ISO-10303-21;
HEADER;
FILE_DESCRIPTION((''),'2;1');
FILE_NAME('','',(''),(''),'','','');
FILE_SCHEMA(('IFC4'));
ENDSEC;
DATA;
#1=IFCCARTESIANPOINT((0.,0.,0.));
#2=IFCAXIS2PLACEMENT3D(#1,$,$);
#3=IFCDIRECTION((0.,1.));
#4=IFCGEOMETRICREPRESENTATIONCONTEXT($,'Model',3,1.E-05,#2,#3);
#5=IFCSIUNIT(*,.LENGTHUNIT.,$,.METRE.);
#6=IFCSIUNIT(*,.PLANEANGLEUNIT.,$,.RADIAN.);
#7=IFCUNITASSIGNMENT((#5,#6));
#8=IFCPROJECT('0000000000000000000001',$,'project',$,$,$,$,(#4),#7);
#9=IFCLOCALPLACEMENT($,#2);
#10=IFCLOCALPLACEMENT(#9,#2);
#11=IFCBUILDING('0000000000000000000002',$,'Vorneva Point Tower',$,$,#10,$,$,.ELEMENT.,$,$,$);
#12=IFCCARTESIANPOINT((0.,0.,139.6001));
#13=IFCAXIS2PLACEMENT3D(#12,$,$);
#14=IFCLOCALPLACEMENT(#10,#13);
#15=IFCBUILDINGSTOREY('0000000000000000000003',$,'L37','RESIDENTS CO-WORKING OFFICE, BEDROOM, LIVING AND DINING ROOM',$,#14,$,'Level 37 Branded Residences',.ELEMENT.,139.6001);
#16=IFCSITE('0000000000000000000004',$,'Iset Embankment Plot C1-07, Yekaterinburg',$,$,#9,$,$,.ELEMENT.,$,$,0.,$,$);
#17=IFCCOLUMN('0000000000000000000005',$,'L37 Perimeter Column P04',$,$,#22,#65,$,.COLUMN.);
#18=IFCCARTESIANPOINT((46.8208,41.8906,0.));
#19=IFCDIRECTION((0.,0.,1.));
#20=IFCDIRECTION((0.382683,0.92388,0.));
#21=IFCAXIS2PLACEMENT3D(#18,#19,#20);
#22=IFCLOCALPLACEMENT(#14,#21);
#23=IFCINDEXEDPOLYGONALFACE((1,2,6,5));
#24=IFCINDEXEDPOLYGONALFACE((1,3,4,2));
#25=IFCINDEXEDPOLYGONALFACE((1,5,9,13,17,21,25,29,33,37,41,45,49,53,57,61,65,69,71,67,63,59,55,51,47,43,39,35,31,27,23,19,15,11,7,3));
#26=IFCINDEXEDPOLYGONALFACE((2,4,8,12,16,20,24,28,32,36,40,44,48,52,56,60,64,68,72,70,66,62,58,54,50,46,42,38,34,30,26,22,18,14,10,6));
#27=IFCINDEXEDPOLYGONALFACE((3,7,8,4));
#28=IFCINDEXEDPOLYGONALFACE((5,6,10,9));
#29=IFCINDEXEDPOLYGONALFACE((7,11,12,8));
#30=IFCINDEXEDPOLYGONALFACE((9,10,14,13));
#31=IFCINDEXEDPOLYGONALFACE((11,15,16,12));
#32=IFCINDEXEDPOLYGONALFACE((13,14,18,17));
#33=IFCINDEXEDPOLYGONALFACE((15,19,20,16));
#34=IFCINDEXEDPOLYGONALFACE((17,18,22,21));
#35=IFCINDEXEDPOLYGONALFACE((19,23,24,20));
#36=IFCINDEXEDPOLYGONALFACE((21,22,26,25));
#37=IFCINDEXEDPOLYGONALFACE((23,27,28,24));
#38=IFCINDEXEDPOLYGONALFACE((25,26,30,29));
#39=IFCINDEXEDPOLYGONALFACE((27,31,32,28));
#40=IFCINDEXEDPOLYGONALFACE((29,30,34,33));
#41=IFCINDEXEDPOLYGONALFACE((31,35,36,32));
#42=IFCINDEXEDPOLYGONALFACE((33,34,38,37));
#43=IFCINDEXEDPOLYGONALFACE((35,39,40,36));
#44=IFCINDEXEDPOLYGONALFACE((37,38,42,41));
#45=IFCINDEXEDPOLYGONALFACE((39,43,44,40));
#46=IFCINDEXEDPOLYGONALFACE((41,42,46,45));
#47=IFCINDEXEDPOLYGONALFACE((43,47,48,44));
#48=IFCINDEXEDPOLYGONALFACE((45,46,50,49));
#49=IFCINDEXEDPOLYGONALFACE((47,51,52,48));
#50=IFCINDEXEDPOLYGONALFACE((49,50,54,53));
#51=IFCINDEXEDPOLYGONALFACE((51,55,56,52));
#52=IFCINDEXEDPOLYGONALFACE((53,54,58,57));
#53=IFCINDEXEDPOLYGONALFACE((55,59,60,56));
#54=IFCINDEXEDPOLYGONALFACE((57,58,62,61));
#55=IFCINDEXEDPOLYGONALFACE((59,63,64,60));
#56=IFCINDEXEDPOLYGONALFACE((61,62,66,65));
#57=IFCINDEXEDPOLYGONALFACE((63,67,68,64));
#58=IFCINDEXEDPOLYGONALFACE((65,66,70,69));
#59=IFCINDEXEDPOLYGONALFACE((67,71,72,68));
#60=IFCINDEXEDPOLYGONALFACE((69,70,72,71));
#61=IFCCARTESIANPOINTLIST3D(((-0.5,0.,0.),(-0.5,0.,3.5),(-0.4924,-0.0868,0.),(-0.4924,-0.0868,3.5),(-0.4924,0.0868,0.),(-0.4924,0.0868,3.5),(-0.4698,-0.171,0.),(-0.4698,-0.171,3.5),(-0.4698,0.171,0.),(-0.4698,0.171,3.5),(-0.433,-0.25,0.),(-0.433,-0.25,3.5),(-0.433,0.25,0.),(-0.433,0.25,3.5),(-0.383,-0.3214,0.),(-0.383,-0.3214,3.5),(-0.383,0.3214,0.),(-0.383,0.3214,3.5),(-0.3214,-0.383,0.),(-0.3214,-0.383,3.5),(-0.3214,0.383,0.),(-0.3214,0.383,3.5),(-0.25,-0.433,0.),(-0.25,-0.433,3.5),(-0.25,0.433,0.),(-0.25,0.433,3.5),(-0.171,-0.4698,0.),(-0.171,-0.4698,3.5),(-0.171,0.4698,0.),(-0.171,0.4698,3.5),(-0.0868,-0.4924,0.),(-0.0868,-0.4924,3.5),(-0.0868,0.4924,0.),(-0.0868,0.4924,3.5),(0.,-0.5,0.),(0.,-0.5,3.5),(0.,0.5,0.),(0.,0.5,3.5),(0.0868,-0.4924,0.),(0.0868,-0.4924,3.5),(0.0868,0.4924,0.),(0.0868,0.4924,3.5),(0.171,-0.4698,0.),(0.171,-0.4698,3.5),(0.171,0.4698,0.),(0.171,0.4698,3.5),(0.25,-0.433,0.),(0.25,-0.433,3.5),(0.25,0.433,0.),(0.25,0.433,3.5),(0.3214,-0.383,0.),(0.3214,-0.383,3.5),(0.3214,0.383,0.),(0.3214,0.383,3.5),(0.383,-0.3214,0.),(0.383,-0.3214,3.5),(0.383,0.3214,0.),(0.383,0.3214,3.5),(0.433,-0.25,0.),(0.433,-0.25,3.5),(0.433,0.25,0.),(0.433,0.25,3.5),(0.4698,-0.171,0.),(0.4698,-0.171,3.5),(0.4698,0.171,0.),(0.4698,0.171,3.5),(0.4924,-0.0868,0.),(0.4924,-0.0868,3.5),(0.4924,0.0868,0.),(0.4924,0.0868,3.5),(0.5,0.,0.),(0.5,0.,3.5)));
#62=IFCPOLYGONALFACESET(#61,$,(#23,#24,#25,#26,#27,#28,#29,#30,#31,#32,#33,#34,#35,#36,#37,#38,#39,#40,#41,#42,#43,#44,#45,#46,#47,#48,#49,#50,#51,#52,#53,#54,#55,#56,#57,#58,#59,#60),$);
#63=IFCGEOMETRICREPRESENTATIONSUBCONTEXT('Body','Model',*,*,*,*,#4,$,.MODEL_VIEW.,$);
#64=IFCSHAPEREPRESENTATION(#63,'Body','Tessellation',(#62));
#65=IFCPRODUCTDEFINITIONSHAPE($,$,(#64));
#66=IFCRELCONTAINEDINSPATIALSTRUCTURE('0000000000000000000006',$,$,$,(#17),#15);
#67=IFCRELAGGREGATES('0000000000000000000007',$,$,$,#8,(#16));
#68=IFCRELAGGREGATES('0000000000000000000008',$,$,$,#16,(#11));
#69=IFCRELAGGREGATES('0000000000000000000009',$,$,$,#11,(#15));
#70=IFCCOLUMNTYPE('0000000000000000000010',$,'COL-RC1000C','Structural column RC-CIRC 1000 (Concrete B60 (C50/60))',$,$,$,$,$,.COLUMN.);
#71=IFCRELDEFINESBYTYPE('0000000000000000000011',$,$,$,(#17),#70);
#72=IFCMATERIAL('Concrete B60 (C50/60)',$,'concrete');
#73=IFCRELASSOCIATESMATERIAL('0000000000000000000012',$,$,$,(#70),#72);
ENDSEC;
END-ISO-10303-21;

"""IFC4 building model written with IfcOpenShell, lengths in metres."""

from ifc_helpers import new_model, si_unit, direction, frame, origin, origin_2d, place, context, subcontext, project, spatial, circle, extrude, material, material_profile, profile_set, type_object, element, save


model = new_model("IFC4")

# Units and contexts
model_context = context("Model", 3, precision=1e-05, world=origin(), true_north=direction((0.0, 1.0)))
body_context = subcontext(model_context, "Body", "Model", "MODEL_VIEW")
ifc_project = project(units=[si_unit("LENGTHUNIT", "METRE"), si_unit("PLANEANGLEUNIT", "RADIAN")], contexts=[model_context])

# Site, building, storey
site_placement = place(None, origin())
site = spatial("IfcSite", under=ifc_project, at=site_placement, Name="Iset Embankment Plot C1-07, Yekaterinburg", CompositionType="ELEMENT", RefElevation=0.0)
building_placement = place(site_placement, origin())
building = spatial("IfcBuilding", under=site, at=building_placement, Name="Vorneva Point Tower", CompositionType="ELEMENT")
storey_placement = place(building_placement, frame((0.0, 0.0, 139.6001)))
storey = spatial("IfcBuildingStorey", under=building, at=storey_placement, Name="L37", Description="RESIDENTS CO-WORKING OFFICE, BEDROOM, LIVING AND DINING ROOM", LongName="Level 37 Branded Residences", CompositionType="ELEMENT", Elevation=139.6001)

# Column
ifc_material_1 = material(Name="Concrete B60 (C50/60)", Category="concrete")
ifc_material_profile_1 = material_profile(ifc_material_1, circle(Radius=0.5, at=origin_2d()), Name="RC-CIRC 1000")
ifc_profile_set_1 = profile_set([ifc_material_profile_1], Name="Concrete B60 (C50/60)")
column_type = type_object("IfcColumnType", Name="COL-RC1000C", Description="Structural column RC-CIRC 1000 (Concrete B60 (C50/60))", PredefinedType="COLUMN", material=ifc_profile_set_1)
for number, where, z_axis, x_axis, name in (
    (1, (46.8208, 41.8906, 0.0), (0.0, 0.0, 1.0), (0.382683, 0.92388, 0.0), "L37 Perimeter Column P04"),
):
    element("IfcColumn", number, at=place(storey_placement, frame(where, z_axis=z_axis, x_axis=x_axis)), inside=storey, type_object=column_type, Name=name, PredefinedType="COLUMN", context=body_context, shape_type="SweptSolid", body=[
        extrude(circle(Radius=0.5, at=origin_2d()), origin(), (0.0, 0.0, 1.0), 3.5),
    ])

save(model, "model.ifc")
